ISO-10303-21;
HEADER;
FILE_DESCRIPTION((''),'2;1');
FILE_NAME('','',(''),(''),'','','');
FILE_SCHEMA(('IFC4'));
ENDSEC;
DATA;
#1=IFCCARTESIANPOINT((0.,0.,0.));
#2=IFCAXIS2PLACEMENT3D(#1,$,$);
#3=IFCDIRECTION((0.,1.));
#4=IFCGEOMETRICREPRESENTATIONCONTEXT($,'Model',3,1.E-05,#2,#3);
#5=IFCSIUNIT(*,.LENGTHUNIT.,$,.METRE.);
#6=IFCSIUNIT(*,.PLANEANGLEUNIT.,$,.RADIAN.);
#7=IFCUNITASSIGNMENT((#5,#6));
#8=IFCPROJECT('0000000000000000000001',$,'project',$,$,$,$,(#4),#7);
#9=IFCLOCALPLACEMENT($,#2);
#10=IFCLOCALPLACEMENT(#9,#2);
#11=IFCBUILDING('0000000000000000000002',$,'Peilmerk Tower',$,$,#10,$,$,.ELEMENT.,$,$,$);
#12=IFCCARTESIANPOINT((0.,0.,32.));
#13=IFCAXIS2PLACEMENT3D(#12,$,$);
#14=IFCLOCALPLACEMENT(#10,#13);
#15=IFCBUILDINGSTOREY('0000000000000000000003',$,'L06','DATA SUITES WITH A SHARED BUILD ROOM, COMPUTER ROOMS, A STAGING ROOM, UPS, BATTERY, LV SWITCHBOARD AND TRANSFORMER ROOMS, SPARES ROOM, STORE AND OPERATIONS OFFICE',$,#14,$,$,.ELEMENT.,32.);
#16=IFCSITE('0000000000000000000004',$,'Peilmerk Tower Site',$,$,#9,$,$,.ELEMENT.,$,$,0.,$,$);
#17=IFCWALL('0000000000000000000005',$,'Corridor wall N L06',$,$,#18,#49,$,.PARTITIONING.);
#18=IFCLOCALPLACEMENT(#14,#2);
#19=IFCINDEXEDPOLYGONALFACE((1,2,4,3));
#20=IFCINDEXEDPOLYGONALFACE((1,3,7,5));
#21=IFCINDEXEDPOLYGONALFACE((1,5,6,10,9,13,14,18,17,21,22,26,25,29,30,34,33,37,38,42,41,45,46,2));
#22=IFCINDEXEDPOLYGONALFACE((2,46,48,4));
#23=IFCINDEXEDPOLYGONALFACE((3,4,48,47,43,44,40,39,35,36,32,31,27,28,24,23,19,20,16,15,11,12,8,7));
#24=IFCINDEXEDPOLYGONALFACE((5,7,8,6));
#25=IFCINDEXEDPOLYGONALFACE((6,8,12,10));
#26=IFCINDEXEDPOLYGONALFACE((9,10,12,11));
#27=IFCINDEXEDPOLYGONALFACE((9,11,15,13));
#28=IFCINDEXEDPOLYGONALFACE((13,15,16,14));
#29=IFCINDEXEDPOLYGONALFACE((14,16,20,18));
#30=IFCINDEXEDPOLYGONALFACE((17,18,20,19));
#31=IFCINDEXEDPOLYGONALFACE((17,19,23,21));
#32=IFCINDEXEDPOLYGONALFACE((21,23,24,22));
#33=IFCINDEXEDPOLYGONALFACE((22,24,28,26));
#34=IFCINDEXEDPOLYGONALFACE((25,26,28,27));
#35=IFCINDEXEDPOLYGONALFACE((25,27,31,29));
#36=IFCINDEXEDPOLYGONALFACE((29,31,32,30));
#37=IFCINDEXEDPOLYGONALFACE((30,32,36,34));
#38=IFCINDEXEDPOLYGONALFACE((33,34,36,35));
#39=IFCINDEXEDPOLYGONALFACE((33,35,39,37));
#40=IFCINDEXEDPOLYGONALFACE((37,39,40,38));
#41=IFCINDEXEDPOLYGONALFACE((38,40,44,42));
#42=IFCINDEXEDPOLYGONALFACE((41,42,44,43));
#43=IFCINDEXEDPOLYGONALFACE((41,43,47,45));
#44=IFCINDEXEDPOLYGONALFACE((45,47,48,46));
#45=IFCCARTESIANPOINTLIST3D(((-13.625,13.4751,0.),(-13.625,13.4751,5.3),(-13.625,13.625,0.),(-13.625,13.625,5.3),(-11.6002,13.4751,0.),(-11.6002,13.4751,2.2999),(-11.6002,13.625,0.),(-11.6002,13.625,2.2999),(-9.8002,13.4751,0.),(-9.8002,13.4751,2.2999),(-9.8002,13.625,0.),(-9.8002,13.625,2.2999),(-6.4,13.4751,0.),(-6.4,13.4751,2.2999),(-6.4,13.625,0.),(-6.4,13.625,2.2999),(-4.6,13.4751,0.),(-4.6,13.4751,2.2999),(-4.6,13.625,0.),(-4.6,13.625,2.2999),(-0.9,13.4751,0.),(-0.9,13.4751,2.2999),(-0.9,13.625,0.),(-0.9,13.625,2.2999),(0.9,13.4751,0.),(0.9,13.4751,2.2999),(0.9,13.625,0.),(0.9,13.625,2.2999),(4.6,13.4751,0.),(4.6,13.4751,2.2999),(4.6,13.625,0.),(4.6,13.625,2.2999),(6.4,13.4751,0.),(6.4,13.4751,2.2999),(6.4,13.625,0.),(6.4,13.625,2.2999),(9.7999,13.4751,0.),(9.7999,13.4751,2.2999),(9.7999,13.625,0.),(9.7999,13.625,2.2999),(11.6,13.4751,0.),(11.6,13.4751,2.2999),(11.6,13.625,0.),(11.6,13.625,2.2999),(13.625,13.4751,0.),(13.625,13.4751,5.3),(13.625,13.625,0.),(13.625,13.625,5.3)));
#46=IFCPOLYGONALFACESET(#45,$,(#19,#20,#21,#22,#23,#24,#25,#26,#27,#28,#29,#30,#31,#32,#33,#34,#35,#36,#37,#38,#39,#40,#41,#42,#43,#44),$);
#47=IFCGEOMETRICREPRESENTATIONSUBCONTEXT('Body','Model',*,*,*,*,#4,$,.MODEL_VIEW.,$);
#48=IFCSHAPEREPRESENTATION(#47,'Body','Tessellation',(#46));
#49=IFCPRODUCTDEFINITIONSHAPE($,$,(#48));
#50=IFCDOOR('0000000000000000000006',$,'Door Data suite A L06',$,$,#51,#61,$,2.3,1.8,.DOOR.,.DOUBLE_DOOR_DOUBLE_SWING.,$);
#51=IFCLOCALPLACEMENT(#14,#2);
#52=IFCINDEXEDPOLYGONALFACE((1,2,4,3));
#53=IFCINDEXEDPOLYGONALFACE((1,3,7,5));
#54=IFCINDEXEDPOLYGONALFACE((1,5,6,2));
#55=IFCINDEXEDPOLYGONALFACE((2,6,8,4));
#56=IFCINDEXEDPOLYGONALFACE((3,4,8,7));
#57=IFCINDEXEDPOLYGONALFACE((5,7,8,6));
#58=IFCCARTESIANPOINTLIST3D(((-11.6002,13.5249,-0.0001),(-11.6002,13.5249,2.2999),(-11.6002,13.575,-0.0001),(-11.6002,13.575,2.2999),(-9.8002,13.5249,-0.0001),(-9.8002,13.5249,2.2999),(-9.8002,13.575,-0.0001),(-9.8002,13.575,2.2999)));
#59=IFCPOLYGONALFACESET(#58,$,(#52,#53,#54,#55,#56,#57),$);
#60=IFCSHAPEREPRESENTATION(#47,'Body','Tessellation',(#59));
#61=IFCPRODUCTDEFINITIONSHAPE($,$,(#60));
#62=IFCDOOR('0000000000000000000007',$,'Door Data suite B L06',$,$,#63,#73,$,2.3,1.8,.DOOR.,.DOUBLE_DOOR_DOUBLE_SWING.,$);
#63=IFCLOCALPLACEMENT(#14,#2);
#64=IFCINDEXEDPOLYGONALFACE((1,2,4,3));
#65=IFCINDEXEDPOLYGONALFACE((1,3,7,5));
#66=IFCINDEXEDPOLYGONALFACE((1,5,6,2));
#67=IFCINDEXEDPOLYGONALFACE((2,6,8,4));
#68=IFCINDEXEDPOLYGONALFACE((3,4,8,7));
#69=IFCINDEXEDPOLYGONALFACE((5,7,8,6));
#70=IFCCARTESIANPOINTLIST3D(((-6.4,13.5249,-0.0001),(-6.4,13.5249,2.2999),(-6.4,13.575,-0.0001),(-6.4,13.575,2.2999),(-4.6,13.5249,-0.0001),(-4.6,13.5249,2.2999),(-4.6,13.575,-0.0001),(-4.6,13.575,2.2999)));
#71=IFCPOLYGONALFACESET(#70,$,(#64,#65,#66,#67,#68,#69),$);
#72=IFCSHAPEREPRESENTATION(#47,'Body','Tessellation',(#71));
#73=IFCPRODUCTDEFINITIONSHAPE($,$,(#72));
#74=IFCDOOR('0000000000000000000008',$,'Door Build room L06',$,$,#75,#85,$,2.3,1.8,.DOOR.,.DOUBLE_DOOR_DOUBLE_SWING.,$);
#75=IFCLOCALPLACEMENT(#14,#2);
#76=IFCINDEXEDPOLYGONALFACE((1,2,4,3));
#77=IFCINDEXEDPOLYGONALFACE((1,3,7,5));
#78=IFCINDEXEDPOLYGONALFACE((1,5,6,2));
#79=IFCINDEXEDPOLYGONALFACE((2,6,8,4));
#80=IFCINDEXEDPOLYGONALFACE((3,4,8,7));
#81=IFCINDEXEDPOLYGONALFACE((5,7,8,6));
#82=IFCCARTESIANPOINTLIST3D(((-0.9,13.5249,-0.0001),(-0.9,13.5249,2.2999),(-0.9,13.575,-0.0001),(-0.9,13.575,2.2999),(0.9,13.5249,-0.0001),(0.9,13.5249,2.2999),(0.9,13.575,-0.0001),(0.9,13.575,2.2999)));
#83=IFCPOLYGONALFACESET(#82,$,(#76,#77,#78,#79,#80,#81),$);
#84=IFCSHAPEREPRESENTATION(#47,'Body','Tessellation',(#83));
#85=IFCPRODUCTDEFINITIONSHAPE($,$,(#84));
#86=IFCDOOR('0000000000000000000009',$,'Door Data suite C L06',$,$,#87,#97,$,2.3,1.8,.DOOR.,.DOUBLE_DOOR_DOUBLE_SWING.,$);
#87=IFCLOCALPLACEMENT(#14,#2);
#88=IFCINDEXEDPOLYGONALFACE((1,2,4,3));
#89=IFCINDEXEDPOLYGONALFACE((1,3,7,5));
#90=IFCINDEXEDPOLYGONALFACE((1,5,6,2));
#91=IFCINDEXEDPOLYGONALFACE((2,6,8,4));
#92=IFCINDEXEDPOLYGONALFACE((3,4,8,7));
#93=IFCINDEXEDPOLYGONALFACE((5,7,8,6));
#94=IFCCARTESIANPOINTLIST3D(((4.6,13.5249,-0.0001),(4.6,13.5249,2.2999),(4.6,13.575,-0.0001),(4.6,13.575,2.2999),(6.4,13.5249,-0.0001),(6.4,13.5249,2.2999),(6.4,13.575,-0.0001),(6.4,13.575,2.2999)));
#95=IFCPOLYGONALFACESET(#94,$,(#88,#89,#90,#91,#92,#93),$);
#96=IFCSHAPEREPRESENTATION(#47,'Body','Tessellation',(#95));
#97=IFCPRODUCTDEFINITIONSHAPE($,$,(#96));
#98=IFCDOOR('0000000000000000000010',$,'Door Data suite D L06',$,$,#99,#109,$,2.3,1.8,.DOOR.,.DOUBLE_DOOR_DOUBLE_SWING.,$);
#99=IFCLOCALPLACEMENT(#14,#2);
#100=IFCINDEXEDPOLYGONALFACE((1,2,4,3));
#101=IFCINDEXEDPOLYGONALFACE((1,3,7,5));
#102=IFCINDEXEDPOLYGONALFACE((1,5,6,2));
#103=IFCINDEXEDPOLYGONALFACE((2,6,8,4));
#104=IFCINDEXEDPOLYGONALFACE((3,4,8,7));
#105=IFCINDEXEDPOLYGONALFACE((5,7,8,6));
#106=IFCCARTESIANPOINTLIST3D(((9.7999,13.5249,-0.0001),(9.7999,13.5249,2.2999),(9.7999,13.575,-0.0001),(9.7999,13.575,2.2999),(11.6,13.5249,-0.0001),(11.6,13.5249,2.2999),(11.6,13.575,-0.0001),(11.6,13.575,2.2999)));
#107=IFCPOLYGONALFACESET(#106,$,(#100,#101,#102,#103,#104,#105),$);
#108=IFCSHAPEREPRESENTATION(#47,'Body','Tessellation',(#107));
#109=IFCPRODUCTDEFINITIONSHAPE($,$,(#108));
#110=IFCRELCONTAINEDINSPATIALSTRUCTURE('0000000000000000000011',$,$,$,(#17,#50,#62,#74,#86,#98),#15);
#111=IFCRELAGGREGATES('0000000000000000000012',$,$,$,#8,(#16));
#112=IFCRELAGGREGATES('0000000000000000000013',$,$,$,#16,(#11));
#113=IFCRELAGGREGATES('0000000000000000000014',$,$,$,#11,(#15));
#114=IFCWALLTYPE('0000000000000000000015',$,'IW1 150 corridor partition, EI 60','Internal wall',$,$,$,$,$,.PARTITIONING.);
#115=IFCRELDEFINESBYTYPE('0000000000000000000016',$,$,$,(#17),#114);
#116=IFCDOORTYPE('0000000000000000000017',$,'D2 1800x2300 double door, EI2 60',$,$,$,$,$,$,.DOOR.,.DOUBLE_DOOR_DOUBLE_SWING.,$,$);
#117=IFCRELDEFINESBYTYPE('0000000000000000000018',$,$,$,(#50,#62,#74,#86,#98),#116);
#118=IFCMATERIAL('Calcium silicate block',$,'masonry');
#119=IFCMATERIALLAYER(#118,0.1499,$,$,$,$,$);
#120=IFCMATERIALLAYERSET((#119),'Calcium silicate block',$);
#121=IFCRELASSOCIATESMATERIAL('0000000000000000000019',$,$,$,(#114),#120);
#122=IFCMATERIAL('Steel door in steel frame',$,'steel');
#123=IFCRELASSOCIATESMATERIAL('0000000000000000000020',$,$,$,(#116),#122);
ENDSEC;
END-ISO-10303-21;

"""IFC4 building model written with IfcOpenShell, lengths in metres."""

from ifc_helpers import new_model, si_unit, direction, frame, frame_2d, origin, place, context, subcontext, project, spatial, rectangle, extrude, material, layer, layer_set, type_object, element, fill, save


model = new_model("IFC4")

# Units and contexts
model_context = context("Model", 3, precision=1e-05, world=origin(), true_north=direction((0.0, 1.0)))
body_context = subcontext(model_context, "Body", "Model", "MODEL_VIEW")
ifc_project = project(units=[si_unit("LENGTHUNIT", "METRE"), si_unit("PLANEANGLEUNIT", "RADIAN")], contexts=[model_context])

# Site, building, storey
site_placement = place(None, origin())
site = spatial("IfcSite", under=ifc_project, at=site_placement, Name="Peilmerk Tower Site", CompositionType="ELEMENT", RefElevation=0.0)
building_placement = place(site_placement, origin())
building = spatial("IfcBuilding", under=site, at=building_placement, Name="Peilmerk Tower", CompositionType="ELEMENT")
storey_placement = place(building_placement, frame((0.0, 0.0, 32.0)))
storey = spatial("IfcBuildingStorey", under=building, at=storey_placement, Name="L06", Description="DATA SUITES WITH A SHARED BUILD ROOM, COMPUTER ROOMS, A STAGING ROOM, UPS, BATTERY, LV SWITCHBOARD AND TRANSFORMER ROOMS, SPARES ROOM, STORE AND OPERATIONS OFFICE", CompositionType="ELEMENT", Elevation=32.0)

# Wall, openings, doors
ifc_material_1 = material(Name="Calcium silicate block", Category="masonry")
ifc_layer_1 = layer(ifc_material_1, 0.1499)
ifc_layer_set_1 = layer_set([ifc_layer_1], Name="Calcium silicate block")
wall_type_1 = type_object("IfcWallType", Name="IW1 150 corridor partition, EI 60", Description="Internal wall", PredefinedType="PARTITIONING", material=ifc_layer_set_1)
wall_1_placement = place(storey_placement, frame((-13.625, 13.55, 0.0), z_axis=(0.0, 0.0, 1.0), x_axis=(1.0, 0.0, 0.0)))
wall_1 = element("IfcWall", 1, at=wall_1_placement, inside=storey, type_object=wall_type_1, Name="Corridor wall N L06", PredefinedType="PARTITIONING", context=body_context, shape_type="SweptSolid", body=[
    extrude(rectangle(XDim=27.25, YDim=0.1499, at=frame_2d((13.625, 0.0))), origin(), (0.0, 0.0, 1.0), 5.3),
])
opening_1_placement = place(wall_1_placement, frame((2.0249, 0.0, 0.0)))
opening_1 = element("IfcOpeningElement", 2, at=opening_1_placement, cuts=wall_1, PredefinedType="OPENING", context=body_context, shape_type="SweptSolid", body=[
    extrude(rectangle(XDim=1.8, YDim=2.3, at=frame_2d((0.8999, 1.1499))), frame((0.0, 0.085, 0.0), z_axis=(0.0, -1.0, 0.0), x_axis=(1.0, 0.0, 0.0)), (0.0, 0.0, 1.0), 0.1699),
])
opening_2_placement = place(wall_1_placement, frame((7.2251, 0.0, 0.0)))
opening_2 = element("IfcOpeningElement", 3, at=opening_2_placement, cuts=wall_1, PredefinedType="OPENING", context=body_context, shape_type="SweptSolid", body=[
    extrude(rectangle(XDim=1.8, YDim=2.3, at=frame_2d((0.8999, 1.1499))), frame((0.0, 0.085, 0.0), z_axis=(0.0, -1.0, 0.0), x_axis=(1.0, 0.0, 0.0)), (0.0, 0.0, 1.0), 0.1699),
])
opening_3_placement = place(wall_1_placement, frame((12.7251, 0.0, 0.0)))
opening_3 = element("IfcOpeningElement", 4, at=opening_3_placement, cuts=wall_1, PredefinedType="OPENING", context=body_context, shape_type="SweptSolid", body=[
    extrude(rectangle(XDim=1.8, YDim=2.3, at=frame_2d((0.8999, 1.1499))), frame((0.0, 0.085, 0.0), z_axis=(0.0, -1.0, 0.0), x_axis=(1.0, 0.0, 0.0)), (0.0, 0.0, 1.0), 0.1699),
])
opening_4_placement = place(wall_1_placement, frame((18.2251, 0.0, 0.0)))
opening_4 = element("IfcOpeningElement", 5, at=opening_4_placement, cuts=wall_1, PredefinedType="OPENING", context=body_context, shape_type="SweptSolid", body=[
    extrude(rectangle(XDim=1.8, YDim=2.3, at=frame_2d((0.8999, 1.1499))), frame((0.0, 0.085, 0.0), z_axis=(0.0, -1.0, 0.0), x_axis=(1.0, 0.0, 0.0)), (0.0, 0.0, 1.0), 0.1699),
])
opening_5_placement = place(wall_1_placement, frame((23.425, 0.0, 0.0)))
opening_5 = element("IfcOpeningElement", 6, at=opening_5_placement, cuts=wall_1, PredefinedType="OPENING", context=body_context, shape_type="SweptSolid", body=[
    extrude(rectangle(XDim=1.8, YDim=2.3, at=frame_2d((0.8999, 1.1499))), frame((0.0, 0.085, 0.0), z_axis=(0.0, -1.0, 0.0), x_axis=(1.0, 0.0, 0.0)), (0.0, 0.0, 1.0), 0.1699),
])
ifc_material_2 = material(Name="Steel door in steel frame", Category="steel")
door_type_1 = type_object("IfcDoorType", Name="D2 1800x2300 double door, EI2 60", OperationType="DOUBLE_DOOR_DOUBLE_SWING", PredefinedType="DOOR", material=ifc_material_2)
door_1_placement = place(opening_1_placement, origin())
door_1 = element("IfcDoor", 7, at=door_1_placement, inside=storey, type_object=door_type_1, Name="Door Data suite A L06", OperationType="DOUBLE_DOOR_DOUBLE_SWING", OverallHeight=2.3, OverallWidth=1.8, PredefinedType="DOOR", context=body_context, shape_type="SweptSolid", body=[
    extrude(rectangle(XDim=1.8, YDim=2.3, at=frame_2d((0.8999, 1.1499))), frame((0.0, 0.0249, 0.0), z_axis=(0.0, -1.0, 0.0), x_axis=(1.0, 0.0, 0.0)), (0.0, 0.0, 1.0), 0.05),
])
fill(opening_1, door_1)
door_2_placement = place(opening_2_placement, origin())
door_2 = element("IfcDoor", 8, at=door_2_placement, inside=storey, type_object=door_type_1, Name="Door Data suite B L06", OperationType="DOUBLE_DOOR_DOUBLE_SWING", OverallHeight=2.3, OverallWidth=1.8, PredefinedType="DOOR", context=body_context, shape_type="SweptSolid", body=[
    extrude(rectangle(XDim=1.8, YDim=2.3, at=frame_2d((0.8999, 1.1499))), frame((0.0, 0.0249, 0.0), z_axis=(0.0, -1.0, 0.0), x_axis=(1.0, 0.0, 0.0)), (0.0, 0.0, 1.0), 0.05),
])
fill(opening_2, door_2)
door_3_placement = place(opening_3_placement, origin())
door_3 = element("IfcDoor", 9, at=door_3_placement, inside=storey, type_object=door_type_1, Name="Door Build room L06", OperationType="DOUBLE_DOOR_DOUBLE_SWING", OverallHeight=2.3, OverallWidth=1.8, PredefinedType="DOOR", context=body_context, shape_type="SweptSolid", body=[
    extrude(rectangle(XDim=1.8, YDim=2.3, at=frame_2d((0.8999, 1.1499))), frame((0.0, 0.0249, 0.0), z_axis=(0.0, -1.0, 0.0), x_axis=(1.0, 0.0, 0.0)), (0.0, 0.0, 1.0), 0.05),
])
fill(opening_3, door_3)
door_4_placement = place(opening_4_placement, origin())
door_4 = element("IfcDoor", 10, at=door_4_placement, inside=storey, type_object=door_type_1, Name="Door Data suite C L06", OperationType="DOUBLE_DOOR_DOUBLE_SWING", OverallHeight=2.3, OverallWidth=1.8, PredefinedType="DOOR", context=body_context, shape_type="SweptSolid", body=[
    extrude(rectangle(XDim=1.8, YDim=2.3, at=frame_2d((0.8999, 1.1499))), frame((0.0, 0.0249, 0.0), z_axis=(0.0, -1.0, 0.0), x_axis=(1.0, 0.0, 0.0)), (0.0, 0.0, 1.0), 0.05),
])
fill(opening_4, door_4)
door_5_placement = place(opening_5_placement, origin())
door_5 = element("IfcDoor", 11, at=door_5_placement, inside=storey, type_object=door_type_1, Name="Door Data suite D L06", OperationType="DOUBLE_DOOR_DOUBLE_SWING", OverallHeight=2.3, OverallWidth=1.8, PredefinedType="DOOR", context=body_context, shape_type="SweptSolid", body=[
    extrude(rectangle(XDim=1.8, YDim=2.3, at=frame_2d((0.8999, 1.1499))), frame((0.0, 0.0249, 0.0), z_axis=(0.0, -1.0, 0.0), x_axis=(1.0, 0.0, 0.0)), (0.0, 0.0, 1.0), 0.05),
])
fill(opening_5, door_5)

save(model, "model.ifc")
